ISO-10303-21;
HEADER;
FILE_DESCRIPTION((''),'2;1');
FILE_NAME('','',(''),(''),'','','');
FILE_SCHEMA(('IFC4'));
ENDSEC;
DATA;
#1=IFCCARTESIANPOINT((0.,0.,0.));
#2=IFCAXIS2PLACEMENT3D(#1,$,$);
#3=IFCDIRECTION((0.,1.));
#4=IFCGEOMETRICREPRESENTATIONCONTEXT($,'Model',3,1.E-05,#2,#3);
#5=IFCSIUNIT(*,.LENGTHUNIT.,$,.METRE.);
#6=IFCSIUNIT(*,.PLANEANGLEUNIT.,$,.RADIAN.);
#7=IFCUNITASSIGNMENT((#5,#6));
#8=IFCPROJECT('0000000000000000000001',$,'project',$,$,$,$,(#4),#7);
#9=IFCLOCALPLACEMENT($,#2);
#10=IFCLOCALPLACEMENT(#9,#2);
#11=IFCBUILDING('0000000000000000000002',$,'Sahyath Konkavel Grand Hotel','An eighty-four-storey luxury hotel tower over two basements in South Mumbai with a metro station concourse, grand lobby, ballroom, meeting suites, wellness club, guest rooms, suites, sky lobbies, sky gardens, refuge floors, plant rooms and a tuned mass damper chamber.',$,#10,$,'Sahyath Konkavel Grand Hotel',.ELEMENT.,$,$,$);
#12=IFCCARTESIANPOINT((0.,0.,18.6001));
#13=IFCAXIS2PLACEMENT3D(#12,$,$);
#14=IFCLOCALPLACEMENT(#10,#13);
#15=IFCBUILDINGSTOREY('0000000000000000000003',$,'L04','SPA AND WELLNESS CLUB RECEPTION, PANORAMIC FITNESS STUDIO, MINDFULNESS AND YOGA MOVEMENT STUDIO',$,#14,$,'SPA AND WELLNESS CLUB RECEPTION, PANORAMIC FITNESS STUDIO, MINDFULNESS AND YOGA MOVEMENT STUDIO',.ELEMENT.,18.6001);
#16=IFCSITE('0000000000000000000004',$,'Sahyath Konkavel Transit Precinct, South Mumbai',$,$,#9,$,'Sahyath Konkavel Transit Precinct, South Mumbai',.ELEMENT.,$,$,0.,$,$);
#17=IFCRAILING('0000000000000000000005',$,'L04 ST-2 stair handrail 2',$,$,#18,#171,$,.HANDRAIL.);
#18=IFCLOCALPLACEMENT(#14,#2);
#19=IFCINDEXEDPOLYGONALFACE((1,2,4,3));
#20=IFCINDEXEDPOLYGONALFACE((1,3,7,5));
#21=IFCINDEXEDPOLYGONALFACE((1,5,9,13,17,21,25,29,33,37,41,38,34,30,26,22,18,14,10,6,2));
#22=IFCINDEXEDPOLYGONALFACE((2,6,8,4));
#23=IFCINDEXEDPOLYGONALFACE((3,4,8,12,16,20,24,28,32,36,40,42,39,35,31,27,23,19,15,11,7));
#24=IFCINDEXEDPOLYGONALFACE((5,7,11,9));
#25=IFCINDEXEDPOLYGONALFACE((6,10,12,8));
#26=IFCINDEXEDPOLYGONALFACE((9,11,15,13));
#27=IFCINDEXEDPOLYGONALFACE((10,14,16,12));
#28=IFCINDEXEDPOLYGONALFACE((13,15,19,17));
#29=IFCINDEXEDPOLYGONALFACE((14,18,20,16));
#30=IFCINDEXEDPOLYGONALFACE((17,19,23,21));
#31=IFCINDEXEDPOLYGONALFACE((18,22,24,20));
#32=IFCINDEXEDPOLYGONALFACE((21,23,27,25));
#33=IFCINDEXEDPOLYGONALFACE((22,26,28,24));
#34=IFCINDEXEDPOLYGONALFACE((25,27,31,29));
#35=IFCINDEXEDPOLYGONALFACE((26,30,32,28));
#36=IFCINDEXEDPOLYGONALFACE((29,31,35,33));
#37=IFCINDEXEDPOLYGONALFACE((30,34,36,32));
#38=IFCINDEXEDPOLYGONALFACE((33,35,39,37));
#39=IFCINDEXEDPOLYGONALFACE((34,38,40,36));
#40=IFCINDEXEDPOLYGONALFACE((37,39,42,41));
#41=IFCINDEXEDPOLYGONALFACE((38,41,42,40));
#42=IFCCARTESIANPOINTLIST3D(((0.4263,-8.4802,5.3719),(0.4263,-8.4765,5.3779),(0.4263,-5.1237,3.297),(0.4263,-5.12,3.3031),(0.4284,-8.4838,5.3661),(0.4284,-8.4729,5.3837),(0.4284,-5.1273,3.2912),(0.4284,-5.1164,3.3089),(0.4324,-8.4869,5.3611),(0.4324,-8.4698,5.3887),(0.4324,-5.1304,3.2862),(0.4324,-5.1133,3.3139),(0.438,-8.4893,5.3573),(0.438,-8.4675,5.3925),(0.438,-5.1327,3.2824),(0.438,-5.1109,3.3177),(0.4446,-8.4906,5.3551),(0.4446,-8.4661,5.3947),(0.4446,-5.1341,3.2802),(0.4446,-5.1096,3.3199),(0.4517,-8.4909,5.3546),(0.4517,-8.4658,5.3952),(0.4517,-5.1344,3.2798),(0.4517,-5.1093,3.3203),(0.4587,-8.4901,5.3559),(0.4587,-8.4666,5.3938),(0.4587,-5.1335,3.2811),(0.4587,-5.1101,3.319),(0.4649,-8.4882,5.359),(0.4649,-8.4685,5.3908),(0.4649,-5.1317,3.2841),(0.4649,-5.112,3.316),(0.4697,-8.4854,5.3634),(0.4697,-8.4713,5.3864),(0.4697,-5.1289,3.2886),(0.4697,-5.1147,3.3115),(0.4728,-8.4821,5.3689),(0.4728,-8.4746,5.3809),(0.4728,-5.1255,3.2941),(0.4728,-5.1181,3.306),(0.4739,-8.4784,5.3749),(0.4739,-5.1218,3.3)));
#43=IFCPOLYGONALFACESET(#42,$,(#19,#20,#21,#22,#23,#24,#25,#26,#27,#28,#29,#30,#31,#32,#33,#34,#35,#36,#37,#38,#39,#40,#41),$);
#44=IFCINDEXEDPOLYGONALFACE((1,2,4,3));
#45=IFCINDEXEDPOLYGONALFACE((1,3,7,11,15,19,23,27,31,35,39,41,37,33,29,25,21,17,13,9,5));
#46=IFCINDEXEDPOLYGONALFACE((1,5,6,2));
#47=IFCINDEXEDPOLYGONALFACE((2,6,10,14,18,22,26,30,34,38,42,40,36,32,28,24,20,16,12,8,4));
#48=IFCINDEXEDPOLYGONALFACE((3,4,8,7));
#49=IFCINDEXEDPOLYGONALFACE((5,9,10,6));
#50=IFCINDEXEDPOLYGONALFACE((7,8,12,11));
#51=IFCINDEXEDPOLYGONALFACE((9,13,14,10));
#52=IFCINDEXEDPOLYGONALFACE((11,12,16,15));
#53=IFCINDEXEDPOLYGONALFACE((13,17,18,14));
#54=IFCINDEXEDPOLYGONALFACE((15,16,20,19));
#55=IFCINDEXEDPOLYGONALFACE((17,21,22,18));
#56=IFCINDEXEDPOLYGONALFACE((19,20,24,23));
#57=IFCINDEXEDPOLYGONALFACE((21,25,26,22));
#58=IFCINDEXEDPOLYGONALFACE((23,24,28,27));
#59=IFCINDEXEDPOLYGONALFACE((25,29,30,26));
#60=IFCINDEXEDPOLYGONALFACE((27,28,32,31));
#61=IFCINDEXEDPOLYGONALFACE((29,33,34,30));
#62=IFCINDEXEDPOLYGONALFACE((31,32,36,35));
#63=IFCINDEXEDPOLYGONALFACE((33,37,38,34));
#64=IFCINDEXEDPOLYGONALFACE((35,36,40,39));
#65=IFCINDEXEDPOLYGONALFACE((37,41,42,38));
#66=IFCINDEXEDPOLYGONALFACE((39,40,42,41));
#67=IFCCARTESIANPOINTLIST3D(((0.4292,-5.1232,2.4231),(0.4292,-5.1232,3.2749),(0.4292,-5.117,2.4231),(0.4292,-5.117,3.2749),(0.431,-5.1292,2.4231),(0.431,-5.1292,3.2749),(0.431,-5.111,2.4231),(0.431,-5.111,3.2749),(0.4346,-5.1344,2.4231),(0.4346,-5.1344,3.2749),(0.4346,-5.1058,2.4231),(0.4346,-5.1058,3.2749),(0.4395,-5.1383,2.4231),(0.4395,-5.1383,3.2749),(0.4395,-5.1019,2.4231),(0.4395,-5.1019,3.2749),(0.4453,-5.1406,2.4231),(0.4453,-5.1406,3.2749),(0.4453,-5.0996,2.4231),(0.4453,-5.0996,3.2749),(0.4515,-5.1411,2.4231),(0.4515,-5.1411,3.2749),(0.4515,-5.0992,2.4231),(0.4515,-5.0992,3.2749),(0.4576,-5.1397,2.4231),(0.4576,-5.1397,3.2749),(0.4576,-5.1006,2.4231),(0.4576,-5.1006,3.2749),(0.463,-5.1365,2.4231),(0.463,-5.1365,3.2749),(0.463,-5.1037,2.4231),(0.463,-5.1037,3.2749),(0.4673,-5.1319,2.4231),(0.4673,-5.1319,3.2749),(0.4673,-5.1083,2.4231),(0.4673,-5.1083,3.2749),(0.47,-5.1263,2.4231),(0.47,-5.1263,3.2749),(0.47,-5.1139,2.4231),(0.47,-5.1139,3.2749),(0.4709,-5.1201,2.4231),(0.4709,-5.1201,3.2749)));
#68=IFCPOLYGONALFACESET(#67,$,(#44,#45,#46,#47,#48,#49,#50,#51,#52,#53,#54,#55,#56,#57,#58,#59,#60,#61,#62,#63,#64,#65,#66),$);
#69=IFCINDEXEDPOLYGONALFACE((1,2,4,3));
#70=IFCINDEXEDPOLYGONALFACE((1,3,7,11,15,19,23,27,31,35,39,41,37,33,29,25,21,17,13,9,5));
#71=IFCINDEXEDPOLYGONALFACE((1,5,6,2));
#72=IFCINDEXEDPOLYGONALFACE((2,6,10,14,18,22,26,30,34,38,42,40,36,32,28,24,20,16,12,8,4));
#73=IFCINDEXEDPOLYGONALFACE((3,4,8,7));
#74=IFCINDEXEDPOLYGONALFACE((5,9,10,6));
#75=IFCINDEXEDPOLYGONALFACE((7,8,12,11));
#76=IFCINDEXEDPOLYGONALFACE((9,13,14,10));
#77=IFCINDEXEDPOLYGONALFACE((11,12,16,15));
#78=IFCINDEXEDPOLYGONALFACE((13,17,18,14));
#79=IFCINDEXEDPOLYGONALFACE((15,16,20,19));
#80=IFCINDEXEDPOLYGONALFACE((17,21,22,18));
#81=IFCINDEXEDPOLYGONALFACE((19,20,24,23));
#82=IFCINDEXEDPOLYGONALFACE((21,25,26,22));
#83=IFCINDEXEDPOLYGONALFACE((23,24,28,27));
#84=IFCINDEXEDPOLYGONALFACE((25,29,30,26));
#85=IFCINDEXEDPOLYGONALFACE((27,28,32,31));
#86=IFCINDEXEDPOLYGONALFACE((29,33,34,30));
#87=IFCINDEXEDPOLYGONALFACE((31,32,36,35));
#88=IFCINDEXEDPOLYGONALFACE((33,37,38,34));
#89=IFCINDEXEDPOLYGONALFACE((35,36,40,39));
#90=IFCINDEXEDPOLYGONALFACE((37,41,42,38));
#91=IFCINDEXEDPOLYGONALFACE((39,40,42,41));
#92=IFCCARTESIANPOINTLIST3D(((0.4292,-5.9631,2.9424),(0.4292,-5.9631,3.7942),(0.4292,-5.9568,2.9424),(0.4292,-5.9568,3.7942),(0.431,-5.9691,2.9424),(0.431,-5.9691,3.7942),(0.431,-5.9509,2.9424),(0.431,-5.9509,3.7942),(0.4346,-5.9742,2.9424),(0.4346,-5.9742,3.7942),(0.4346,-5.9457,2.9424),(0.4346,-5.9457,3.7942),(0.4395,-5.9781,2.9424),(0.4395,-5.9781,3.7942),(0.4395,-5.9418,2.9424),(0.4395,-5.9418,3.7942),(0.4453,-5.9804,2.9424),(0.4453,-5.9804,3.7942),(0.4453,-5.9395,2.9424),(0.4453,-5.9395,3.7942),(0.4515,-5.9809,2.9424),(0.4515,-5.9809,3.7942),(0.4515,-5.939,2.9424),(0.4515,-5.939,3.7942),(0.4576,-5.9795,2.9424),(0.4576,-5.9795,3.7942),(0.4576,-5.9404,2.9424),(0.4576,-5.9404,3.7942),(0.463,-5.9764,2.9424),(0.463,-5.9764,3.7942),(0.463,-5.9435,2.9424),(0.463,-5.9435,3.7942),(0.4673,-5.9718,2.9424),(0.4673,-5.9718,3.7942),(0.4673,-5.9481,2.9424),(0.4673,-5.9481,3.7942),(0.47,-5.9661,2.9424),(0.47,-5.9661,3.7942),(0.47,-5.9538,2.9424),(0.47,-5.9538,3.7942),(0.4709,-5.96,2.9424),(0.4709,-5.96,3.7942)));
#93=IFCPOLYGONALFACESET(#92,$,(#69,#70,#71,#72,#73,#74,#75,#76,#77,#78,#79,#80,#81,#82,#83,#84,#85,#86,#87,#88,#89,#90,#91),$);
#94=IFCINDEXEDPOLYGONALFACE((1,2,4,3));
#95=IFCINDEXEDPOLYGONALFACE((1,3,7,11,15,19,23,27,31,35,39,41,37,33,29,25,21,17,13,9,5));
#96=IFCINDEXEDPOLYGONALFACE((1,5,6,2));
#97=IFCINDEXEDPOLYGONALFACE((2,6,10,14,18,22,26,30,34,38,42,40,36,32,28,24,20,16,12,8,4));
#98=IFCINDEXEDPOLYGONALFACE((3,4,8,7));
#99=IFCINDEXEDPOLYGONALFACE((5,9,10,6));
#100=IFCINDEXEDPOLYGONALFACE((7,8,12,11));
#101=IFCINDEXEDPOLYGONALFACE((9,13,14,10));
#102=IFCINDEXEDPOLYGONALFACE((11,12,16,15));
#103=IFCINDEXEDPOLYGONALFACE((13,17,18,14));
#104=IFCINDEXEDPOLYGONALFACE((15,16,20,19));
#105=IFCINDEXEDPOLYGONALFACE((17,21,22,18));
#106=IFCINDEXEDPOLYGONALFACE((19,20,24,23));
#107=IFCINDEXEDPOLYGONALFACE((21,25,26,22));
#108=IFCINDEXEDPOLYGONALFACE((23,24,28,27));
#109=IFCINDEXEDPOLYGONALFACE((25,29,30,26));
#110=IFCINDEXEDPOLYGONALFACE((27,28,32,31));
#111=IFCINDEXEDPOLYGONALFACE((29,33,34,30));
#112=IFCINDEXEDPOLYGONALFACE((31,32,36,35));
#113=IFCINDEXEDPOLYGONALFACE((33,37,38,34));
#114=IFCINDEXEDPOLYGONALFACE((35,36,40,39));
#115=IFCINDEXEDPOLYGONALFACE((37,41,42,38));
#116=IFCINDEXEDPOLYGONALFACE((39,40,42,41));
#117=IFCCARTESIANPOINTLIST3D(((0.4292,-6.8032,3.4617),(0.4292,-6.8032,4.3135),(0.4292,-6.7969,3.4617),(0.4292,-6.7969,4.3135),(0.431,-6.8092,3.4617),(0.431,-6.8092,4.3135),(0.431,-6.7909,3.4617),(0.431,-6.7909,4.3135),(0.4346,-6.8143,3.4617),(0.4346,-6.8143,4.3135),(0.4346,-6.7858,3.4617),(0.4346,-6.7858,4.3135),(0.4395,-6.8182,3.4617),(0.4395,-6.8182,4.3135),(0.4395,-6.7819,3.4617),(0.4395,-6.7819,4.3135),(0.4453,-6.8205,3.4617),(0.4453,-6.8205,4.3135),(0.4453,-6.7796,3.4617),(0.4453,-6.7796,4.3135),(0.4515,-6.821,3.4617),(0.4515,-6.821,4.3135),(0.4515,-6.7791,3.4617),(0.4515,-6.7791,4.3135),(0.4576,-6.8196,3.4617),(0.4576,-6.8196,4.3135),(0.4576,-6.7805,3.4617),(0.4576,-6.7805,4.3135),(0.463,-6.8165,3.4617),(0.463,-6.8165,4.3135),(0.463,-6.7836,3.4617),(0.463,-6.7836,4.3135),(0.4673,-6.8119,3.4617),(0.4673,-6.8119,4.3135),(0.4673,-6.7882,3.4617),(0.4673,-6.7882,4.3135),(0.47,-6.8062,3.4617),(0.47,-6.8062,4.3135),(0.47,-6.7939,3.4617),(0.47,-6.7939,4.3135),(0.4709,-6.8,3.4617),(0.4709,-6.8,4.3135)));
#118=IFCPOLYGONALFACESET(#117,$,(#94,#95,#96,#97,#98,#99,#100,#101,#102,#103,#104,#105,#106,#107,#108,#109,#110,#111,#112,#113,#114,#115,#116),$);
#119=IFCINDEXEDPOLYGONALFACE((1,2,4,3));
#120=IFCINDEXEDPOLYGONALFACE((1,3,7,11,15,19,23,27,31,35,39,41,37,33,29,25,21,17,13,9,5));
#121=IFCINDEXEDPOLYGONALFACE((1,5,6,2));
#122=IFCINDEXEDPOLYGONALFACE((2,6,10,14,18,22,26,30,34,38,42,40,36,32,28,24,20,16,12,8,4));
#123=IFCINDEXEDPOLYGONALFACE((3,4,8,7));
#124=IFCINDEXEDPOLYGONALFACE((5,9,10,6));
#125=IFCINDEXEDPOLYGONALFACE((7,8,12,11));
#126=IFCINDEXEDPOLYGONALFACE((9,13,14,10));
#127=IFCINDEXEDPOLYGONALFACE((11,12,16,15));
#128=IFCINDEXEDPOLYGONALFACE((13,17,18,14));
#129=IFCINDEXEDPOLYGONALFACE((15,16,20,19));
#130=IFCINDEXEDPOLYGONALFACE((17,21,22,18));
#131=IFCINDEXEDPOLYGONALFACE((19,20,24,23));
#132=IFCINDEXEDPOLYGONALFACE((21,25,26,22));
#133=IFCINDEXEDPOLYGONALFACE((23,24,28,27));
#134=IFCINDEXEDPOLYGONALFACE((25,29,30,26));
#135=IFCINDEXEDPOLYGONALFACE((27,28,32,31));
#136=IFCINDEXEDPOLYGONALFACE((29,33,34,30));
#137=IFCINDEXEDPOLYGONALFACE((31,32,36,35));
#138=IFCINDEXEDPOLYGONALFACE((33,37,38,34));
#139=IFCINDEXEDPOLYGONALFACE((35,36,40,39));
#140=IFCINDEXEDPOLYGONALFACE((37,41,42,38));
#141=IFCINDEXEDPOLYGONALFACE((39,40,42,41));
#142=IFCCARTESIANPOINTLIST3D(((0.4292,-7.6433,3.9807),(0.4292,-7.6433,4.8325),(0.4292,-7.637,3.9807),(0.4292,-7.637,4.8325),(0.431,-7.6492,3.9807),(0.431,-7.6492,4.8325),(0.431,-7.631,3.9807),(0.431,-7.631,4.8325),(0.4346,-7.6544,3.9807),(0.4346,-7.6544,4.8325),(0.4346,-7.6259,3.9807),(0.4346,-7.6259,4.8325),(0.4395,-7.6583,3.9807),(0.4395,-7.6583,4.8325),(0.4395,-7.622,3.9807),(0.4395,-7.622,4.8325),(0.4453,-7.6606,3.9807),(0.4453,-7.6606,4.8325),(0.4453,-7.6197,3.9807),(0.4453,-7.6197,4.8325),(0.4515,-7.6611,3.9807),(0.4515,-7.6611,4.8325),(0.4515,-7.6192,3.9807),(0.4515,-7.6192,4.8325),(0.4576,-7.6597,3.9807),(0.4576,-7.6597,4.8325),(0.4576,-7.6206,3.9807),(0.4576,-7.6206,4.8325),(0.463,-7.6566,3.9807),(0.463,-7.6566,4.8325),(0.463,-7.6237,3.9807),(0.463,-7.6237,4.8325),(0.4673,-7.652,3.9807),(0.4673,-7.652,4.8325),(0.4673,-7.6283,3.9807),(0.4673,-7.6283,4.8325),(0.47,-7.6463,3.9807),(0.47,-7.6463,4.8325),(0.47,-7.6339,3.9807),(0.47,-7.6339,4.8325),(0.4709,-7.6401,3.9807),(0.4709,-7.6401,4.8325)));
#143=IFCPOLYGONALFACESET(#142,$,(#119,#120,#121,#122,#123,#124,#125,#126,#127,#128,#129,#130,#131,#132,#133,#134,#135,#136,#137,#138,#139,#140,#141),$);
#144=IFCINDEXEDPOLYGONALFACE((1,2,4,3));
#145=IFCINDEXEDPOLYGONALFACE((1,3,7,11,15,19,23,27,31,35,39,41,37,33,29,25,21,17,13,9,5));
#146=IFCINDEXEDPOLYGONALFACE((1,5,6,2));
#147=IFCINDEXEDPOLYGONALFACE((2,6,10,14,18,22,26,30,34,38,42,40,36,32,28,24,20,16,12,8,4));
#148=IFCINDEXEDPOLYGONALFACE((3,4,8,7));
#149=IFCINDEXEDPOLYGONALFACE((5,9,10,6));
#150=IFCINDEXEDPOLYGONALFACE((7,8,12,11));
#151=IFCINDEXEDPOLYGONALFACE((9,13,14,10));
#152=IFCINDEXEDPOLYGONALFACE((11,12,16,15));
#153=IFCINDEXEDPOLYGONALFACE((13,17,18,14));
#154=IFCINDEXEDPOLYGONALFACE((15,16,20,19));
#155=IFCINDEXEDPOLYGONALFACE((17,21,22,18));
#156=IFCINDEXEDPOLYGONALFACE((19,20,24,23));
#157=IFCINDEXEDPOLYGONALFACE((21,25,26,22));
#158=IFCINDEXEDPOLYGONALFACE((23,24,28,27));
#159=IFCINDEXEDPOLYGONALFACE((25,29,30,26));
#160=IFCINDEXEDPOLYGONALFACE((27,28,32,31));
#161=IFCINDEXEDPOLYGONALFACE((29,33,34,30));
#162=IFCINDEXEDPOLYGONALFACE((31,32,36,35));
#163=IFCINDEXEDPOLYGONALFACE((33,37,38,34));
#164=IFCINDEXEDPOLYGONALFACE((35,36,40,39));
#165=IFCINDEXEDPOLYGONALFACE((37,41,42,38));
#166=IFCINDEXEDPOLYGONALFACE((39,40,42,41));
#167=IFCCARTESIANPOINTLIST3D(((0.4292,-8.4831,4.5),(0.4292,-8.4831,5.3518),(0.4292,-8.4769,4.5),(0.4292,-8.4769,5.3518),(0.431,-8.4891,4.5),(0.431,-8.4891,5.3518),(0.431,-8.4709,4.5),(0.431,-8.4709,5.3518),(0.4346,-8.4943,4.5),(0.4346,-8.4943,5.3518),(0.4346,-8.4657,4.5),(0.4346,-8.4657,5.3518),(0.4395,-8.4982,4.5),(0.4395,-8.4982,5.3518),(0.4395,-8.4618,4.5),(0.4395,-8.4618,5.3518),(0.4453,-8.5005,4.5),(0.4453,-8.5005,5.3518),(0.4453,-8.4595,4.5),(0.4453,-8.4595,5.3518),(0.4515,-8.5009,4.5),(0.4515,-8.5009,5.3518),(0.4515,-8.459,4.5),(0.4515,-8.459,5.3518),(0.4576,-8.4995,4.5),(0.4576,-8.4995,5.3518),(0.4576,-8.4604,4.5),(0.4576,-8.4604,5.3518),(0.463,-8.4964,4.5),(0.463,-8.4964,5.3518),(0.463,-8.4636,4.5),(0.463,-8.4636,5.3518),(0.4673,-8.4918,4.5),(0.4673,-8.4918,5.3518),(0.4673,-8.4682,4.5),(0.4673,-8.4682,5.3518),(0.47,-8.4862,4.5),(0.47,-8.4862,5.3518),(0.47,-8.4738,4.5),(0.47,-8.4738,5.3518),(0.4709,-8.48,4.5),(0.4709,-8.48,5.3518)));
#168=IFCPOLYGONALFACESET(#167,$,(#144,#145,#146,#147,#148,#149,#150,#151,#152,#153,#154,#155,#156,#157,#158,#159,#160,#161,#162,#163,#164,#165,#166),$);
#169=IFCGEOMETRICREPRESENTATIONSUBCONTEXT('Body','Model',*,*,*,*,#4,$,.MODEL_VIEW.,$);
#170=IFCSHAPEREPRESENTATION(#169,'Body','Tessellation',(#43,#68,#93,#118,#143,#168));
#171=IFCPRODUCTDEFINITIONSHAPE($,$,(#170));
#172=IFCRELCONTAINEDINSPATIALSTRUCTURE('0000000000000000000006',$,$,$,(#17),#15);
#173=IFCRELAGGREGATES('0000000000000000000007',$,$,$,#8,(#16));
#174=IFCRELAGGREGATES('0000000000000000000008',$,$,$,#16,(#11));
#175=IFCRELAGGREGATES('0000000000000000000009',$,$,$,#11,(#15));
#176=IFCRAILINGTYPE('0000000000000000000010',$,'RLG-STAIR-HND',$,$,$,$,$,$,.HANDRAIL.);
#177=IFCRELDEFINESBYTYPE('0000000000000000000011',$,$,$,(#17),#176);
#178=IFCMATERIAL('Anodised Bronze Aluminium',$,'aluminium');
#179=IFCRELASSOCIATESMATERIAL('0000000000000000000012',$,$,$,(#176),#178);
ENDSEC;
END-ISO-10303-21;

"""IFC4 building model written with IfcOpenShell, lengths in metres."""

from ifc_helpers import new_model, si_unit, direction, frame, origin, origin_2d, place, context, subcontext, project, spatial, circle, extrude, material, type_object, element, save


model = new_model("IFC4")

# Units and contexts
model_context = context("Model", 3, precision=1e-05, world=origin(), true_north=direction((0.0, 1.0)))
body_context = subcontext(model_context, "Body", "Model", "MODEL_VIEW")
ifc_project = project(units=[si_unit("LENGTHUNIT", "METRE"), si_unit("PLANEANGLEUNIT", "RADIAN")], contexts=[model_context])

# Site, building, storey
site_placement = place(None, origin())
site = spatial("IfcSite", under=ifc_project, at=site_placement, Name="Sahyath Konkavel Transit Precinct, South Mumbai", LongName="Sahyath Konkavel Transit Precinct, South Mumbai", CompositionType="ELEMENT", RefElevation=0.0)
building_placement = place(site_placement, origin())
building = spatial("IfcBuilding", under=site, at=building_placement, Name="Sahyath Konkavel Grand Hotel", Description="An eighty-four-storey luxury hotel tower over two basements in South Mumbai with a metro station concourse, grand lobby, ballroom, meeting suites, wellness club, guest rooms, suites, sky lobbies, sky gardens, refuge floors, plant rooms and a tuned mass damper chamber.", LongName="Sahyath Konkavel Grand Hotel", CompositionType="ELEMENT")
storey_placement = place(building_placement, frame((0.0, 0.0, 18.6001)))
storey = spatial("IfcBuildingStorey", under=building, at=storey_placement, Name="L04", Description="SPA AND WELLNESS CLUB RECEPTION, PANORAMIC FITNESS STUDIO, MINDFULNESS AND YOGA MOVEMENT STUDIO", LongName="SPA AND WELLNESS CLUB RECEPTION, PANORAMIC FITNESS STUDIO, MINDFULNESS AND YOGA MOVEMENT STUDIO", CompositionType="ELEMENT", Elevation=18.6001)

# Railing
ifc_material_1 = material(Name="Anodised Bronze Aluminium", Category="aluminium")
railing_type_1 = type_object("IfcRailingType", Name="RLG-STAIR-HND", PredefinedType="HANDRAIL", material=ifc_material_1)
railing_1_placement = place(storey_placement, frame((0.45, -5.1201, 2.4231)))
element("IfcRailing", 1, at=railing_1_placement, inside=storey, type_object=railing_type_1, Name="L04 ST-2 stair handrail 2", PredefinedType="HANDRAIL", context=body_context, shape_type="SweptSolid", body=[
    extrude(circle(Radius=0.0239, at=origin_2d()), frame((0.0, -0.0017, 0.877), z_axis=(0.0, -0.850606, 0.525803), x_axis=(1.0, 0.0, 0.0)), (0.0, 0.0, 1.0), 3.946),
    extrude(circle(Radius=0.021, at=origin_2d()), origin(), (0.0, 0.0, 1.0), 0.8518),
    extrude(circle(Radius=0.021, at=origin_2d()), frame((0.0, -0.8398, 0.5193)), (0.0, 0.0, 1.0), 0.8518),
    extrude(circle(Radius=0.021, at=origin_2d()), frame((0.0, -1.6799, 1.0386)), (0.0, 0.0, 1.0), 0.8518),
    extrude(circle(Radius=0.021, at=origin_2d()), frame((0.0, -2.52, 1.5576)), (0.0, 0.0, 1.0), 0.8518),
    extrude(circle(Radius=0.021, at=origin_2d()), frame((0.0, -3.3599, 2.0769)), (0.0, 0.0, 1.0), 0.8518),
])

save(model, "model.ifc")
